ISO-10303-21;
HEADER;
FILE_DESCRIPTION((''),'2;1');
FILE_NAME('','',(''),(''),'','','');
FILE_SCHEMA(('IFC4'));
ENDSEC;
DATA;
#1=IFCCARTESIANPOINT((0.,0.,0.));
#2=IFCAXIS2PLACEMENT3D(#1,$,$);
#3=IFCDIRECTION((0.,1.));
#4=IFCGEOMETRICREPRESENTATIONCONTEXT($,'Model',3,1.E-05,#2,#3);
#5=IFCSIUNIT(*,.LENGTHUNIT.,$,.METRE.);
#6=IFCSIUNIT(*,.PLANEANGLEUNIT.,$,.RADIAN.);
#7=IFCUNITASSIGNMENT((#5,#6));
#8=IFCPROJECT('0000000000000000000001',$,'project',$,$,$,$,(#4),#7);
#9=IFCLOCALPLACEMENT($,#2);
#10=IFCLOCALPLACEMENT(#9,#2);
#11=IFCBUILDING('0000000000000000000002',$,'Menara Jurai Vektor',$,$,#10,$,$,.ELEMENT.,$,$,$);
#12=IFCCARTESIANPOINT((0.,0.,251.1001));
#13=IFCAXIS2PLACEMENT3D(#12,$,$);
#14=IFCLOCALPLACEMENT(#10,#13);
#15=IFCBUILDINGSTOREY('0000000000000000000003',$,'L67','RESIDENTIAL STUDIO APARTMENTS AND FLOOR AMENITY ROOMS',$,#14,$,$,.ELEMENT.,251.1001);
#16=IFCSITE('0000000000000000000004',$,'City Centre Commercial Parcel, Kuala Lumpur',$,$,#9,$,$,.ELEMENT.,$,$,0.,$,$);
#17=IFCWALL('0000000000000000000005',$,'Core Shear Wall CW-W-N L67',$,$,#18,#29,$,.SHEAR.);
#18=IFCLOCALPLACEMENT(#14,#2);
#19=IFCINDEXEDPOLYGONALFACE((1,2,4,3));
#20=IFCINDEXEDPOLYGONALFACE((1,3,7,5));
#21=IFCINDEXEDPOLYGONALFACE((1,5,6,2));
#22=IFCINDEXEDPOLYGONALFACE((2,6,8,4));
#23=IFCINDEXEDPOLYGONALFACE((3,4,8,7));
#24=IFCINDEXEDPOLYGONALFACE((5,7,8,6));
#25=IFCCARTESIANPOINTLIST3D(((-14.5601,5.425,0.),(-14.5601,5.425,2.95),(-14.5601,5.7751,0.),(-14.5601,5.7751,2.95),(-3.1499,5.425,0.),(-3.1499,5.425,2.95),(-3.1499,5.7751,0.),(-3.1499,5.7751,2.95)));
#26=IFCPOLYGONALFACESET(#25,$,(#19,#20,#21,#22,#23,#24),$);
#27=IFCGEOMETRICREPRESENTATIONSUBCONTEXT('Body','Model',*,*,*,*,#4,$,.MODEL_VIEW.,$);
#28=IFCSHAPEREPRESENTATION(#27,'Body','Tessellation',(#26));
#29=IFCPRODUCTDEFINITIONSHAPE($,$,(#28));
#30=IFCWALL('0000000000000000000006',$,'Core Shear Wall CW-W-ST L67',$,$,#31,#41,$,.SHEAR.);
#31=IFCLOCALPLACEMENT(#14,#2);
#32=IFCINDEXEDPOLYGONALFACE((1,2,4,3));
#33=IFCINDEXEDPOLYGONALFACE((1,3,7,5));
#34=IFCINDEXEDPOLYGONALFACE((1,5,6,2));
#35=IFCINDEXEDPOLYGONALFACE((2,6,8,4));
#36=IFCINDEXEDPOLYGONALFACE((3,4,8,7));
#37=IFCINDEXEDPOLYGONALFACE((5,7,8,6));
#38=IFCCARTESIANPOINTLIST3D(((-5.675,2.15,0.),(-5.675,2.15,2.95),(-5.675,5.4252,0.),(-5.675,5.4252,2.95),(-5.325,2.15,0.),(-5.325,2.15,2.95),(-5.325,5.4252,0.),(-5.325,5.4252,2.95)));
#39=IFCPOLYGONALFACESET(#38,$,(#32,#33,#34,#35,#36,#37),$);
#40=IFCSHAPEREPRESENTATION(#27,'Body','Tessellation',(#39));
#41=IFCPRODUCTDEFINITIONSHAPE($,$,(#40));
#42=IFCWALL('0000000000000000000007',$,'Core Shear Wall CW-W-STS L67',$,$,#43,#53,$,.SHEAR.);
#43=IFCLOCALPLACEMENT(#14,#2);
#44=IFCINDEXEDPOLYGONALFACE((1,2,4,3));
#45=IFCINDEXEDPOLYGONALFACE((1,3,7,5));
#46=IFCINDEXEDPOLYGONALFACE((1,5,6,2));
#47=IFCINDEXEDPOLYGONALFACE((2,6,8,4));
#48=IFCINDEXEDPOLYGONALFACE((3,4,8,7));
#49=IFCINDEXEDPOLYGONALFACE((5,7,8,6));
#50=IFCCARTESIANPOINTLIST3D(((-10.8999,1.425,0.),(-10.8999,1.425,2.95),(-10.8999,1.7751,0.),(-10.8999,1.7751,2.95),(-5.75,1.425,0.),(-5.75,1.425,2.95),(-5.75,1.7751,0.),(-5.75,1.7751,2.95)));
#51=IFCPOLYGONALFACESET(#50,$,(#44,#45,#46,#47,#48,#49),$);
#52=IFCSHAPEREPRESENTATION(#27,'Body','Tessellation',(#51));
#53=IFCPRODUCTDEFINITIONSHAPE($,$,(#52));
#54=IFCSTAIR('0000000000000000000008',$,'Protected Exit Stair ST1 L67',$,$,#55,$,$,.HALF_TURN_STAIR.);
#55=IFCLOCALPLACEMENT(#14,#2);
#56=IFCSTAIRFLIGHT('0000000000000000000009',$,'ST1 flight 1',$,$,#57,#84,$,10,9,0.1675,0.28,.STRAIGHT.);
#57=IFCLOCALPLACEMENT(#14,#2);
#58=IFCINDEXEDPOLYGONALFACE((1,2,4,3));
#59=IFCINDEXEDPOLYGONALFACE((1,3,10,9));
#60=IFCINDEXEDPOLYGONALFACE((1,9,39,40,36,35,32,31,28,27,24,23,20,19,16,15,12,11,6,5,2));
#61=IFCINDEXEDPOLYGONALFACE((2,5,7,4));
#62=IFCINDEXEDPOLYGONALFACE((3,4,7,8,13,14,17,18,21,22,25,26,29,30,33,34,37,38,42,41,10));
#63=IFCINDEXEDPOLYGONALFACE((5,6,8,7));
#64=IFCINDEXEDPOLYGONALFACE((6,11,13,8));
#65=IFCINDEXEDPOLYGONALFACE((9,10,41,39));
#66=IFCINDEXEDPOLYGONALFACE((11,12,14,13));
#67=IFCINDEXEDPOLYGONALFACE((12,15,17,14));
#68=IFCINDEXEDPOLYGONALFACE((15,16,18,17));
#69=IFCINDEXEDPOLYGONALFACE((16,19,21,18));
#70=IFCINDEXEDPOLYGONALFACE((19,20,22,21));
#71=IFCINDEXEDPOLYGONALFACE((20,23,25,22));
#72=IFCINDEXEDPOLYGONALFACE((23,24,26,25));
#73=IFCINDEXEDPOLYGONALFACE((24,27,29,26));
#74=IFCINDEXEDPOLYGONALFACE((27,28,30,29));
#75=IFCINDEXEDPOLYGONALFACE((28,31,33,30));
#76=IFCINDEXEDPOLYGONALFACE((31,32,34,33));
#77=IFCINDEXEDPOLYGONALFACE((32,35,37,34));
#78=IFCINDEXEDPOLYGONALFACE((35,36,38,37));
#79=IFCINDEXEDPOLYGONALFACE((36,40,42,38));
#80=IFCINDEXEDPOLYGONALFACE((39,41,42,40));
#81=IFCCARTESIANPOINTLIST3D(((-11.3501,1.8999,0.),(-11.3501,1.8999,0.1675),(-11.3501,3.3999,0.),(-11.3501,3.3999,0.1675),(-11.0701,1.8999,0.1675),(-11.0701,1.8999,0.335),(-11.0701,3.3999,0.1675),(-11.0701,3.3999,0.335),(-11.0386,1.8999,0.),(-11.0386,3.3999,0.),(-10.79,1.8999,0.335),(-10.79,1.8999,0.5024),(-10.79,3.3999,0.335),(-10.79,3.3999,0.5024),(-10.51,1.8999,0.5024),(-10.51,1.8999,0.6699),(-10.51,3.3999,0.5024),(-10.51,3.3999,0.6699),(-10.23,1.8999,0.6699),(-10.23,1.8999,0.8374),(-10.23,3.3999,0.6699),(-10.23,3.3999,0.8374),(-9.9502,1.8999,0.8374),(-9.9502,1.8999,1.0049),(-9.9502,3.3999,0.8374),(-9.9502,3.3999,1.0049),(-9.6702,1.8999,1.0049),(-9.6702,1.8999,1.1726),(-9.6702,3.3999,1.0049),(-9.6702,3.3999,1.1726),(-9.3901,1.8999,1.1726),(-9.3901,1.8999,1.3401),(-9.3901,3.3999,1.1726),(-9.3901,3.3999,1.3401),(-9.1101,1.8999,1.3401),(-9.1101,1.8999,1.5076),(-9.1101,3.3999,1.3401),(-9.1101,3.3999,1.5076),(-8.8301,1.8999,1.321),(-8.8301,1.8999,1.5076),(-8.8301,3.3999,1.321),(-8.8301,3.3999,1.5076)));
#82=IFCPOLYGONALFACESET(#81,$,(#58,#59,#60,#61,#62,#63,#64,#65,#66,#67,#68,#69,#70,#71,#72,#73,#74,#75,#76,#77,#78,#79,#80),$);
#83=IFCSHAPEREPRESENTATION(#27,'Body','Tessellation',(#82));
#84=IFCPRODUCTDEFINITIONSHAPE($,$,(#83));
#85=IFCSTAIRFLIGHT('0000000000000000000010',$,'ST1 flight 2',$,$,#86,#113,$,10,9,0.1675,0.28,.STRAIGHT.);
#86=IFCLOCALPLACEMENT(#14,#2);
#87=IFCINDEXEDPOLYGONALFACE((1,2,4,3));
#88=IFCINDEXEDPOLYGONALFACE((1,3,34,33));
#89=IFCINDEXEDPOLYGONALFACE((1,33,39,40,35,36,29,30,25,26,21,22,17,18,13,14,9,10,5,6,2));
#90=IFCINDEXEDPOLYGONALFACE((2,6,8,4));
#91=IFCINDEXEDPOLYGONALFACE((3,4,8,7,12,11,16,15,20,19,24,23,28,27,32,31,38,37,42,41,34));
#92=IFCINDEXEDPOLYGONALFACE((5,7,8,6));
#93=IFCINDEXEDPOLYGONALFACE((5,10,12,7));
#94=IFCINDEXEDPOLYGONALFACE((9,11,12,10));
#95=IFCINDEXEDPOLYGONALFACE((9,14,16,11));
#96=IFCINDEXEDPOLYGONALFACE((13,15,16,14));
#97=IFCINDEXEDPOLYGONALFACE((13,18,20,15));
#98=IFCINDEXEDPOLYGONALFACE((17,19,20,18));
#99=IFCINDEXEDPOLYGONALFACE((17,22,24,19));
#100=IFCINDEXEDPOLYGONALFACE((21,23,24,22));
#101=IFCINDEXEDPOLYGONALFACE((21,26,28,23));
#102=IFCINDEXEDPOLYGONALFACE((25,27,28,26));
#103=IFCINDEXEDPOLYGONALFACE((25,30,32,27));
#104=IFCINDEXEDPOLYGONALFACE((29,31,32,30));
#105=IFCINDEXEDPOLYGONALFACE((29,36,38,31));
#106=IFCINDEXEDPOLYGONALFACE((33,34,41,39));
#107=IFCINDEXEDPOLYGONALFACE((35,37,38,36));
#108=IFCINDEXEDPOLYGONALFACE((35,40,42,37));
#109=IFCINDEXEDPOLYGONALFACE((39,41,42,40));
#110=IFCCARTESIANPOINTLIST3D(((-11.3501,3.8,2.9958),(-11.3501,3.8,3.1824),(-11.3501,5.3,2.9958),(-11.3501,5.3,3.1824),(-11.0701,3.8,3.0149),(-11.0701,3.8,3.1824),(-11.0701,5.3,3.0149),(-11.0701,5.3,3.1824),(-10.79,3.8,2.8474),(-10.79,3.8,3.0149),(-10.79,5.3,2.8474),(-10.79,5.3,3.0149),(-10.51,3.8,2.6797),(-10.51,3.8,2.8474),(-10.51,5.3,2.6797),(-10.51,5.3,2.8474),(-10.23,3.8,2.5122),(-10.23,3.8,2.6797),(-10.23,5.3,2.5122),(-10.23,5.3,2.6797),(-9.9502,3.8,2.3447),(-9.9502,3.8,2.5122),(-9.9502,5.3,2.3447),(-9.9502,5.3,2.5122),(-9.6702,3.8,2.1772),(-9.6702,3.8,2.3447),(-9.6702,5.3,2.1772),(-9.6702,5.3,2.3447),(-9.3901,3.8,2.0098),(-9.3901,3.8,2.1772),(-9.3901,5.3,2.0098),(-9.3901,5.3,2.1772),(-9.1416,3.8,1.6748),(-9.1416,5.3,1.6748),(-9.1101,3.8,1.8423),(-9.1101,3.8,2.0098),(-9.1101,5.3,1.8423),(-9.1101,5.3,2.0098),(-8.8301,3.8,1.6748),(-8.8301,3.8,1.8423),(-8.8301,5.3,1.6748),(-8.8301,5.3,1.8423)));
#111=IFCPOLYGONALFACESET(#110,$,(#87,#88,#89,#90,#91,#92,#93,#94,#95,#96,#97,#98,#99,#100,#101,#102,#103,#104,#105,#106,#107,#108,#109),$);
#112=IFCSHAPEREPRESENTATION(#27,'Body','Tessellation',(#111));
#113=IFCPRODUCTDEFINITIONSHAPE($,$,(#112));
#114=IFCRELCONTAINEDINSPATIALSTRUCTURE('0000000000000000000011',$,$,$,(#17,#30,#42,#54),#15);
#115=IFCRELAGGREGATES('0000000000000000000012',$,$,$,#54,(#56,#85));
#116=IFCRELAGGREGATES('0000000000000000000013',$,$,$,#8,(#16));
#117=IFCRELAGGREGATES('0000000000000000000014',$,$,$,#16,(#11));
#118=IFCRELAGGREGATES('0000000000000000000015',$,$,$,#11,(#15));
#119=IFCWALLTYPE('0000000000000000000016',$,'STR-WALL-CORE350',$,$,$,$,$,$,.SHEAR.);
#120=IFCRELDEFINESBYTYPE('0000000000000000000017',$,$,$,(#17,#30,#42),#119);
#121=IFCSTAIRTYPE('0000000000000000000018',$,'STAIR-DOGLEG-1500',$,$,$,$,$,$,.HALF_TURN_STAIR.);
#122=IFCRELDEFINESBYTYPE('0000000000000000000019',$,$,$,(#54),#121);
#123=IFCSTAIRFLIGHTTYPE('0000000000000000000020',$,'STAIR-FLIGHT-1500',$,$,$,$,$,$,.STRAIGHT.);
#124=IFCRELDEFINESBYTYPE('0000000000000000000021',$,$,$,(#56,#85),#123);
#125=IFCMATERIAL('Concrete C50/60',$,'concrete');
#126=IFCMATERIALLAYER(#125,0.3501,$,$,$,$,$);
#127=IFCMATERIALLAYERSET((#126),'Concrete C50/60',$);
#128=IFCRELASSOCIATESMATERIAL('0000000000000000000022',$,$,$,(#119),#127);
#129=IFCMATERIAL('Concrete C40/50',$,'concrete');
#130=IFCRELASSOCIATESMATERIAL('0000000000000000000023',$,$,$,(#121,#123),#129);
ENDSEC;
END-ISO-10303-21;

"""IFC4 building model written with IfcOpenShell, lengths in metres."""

from ifc_helpers import new_model, si_unit, direction, frame, frame_2d, origin, place, context, subcontext, project, spatial, polyline, rectangle, outline, extrude, material, layer, layer_set, type_object, element, aggregate, save


model = new_model("IFC4")

# Units and contexts
model_context = context("Model", 3, precision=1e-05, world=origin(), true_north=direction((0.0, 1.0)))
body_context = subcontext(model_context, "Body", "Model", "MODEL_VIEW")
ifc_project = project(units=[si_unit("LENGTHUNIT", "METRE"), si_unit("PLANEANGLEUNIT", "RADIAN")], contexts=[model_context])

# Site, building, storey
site_placement = place(None, origin())
site = spatial("IfcSite", under=ifc_project, at=site_placement, Name="City Centre Commercial Parcel, Kuala Lumpur", CompositionType="ELEMENT", RefElevation=0.0)
building_placement = place(site_placement, origin())
building = spatial("IfcBuilding", under=site, at=building_placement, Name="Menara Jurai Vektor", CompositionType="ELEMENT")
storey_placement = place(building_placement, frame((0.0, 0.0, 251.1001)))
storey = spatial("IfcBuildingStorey", under=building, at=storey_placement, Name="L67", Description="RESIDENTIAL STUDIO APARTMENTS AND FLOOR AMENITY ROOMS", CompositionType="ELEMENT", Elevation=251.1001)

# Shared definitions
ifc_material_1 = material(Name="Concrete C50/60", Category="concrete")

# Shared definitions
ifc_material_2 = material(Name="Concrete C40/50", Category="concrete")

# Walls
ifc_layer_1 = layer(ifc_material_1, 0.3501)
ifc_layer_set_1 = layer_set([ifc_layer_1], Name="Concrete C50/60")
wall_type_1 = type_object("IfcWallType", Name="STR-WALL-CORE350", PredefinedType="SHEAR", material=ifc_layer_set_1)
wall_1_placement = place(storey_placement, frame((-14.5601, 5.6001, 0.0), z_axis=(0.0, 0.0, 1.0), x_axis=(1.0, 0.0, 0.0)))
element("IfcWall", 1, at=wall_1_placement, inside=storey, type_object=wall_type_1, Name="Core Shear Wall CW-W-N L67", PredefinedType="SHEAR", context=body_context, shape_type="SweptSolid", body=[
    extrude(rectangle(XDim=11.4102, YDim=0.3501, at=frame_2d((5.7051, 0.0))), origin(), (0.0, 0.0, 1.0), 2.95),
])
wall_2_placement = place(storey_placement, frame((-5.5, 2.1499, 0.0), z_axis=(0.0, 0.0, 1.0), x_axis=(0.0, 1.0, 0.0)))
element("IfcWall", 2, at=wall_2_placement, inside=storey, type_object=wall_type_1, Name="Core Shear Wall CW-W-ST L67", PredefinedType="SHEAR", context=body_context, shape_type="SweptSolid", body=[
    extrude(rectangle(XDim=3.2751, YDim=0.3501, at=frame_2d((1.6377, 0.0))), origin(), (0.0, 0.0, 1.0), 2.95),
])
wall_3_placement = place(storey_placement, frame((-10.8999, 1.6001, 0.0), z_axis=(0.0, 0.0, 1.0), x_axis=(1.0, 0.0, 0.0)))
element("IfcWall", 3, at=wall_3_placement, inside=storey, type_object=wall_type_1, Name="Core Shear Wall CW-W-STS L67", PredefinedType="SHEAR", context=body_context, shape_type="SweptSolid", body=[
    extrude(rectangle(XDim=5.1499, YDim=0.3501, at=frame_2d((2.575, 0.0))), origin(), (0.0, 0.0, 1.0), 2.95),
])

# Stair, stair flights
stair_type = type_object("IfcStairType", Name="STAIR-DOGLEG-1500", PredefinedType="HALF_TURN_STAIR", material=ifc_material_2)
stair_placement = place(storey_placement, origin())
stair = element("IfcStair", 4, at=stair_placement, inside=storey, type_object=stair_type, Name="Protected Exit Stair ST1 L67", PredefinedType="HALF_TURN_STAIR")
stair_flight_type = type_object("IfcStairFlightType", Name="STAIR-FLIGHT-1500", PredefinedType="STRAIGHT", material=ifc_material_2)
stair_flight_1_placement = place(storey_placement, frame((-11.3501, 2.6499, 0.0), z_axis=(0.0, 0.0, 1.0), x_axis=(1.0, 0.0, 0.0)))
stair_flight_1 = element("IfcStairFlight", 5, at=stair_flight_1_placement, type_object=stair_flight_type, Name="ST1 flight 1", NumberOfRisers=10, NumberOfTreads=9, PredefinedType="STRAIGHT", RiserHeight=0.1675, TreadLength=0.28, context=body_context, shape_type="SweptSolid", body=[
    extrude(outline(polyline([(0.0, 0.0), (0.0, 0.1675), (0.28, 0.1675), (0.28, 0.335), (0.5601, 0.335), (0.5601, 0.5024), (0.8401, 0.5024), (0.8401, 0.6699), (1.1201, 0.6699), (1.1201, 0.8374), (1.3999, 0.8374), (1.3999, 1.0049), (1.6799, 1.0049), (1.6799, 1.1726), (1.96, 1.1726), (1.96, 1.3401), (2.24, 1.3401), (2.24, 1.5076), (2.52, 1.5076), (2.52, 1.675), (2.52, 1.321), (0.3115, 0.0), (0.0, 0.0)])), frame((0.0, 0.75, 0.0), z_axis=(0.0, -1.0, 0.0), x_axis=(1.0, 0.0, 0.0)), (0.0, 0.0, 1.0), 1.5),
])
stair_flight_2_placement = place(storey_placement, frame((-8.8301, 4.55, 1.6748), z_axis=(0.0, 0.0, 1.0), x_axis=(-1.0, 0.0, 0.0)))
stair_flight_2 = element("IfcStairFlight", 6, at=stair_flight_2_placement, type_object=stair_flight_type, Name="ST1 flight 2", NumberOfRisers=10, NumberOfTreads=9, PredefinedType="STRAIGHT", RiserHeight=0.1675, TreadLength=0.28, context=body_context, shape_type="SweptSolid", body=[
    extrude(outline(polyline([(0.0, 0.0), (0.0, 0.1675), (0.28, 0.1675), (0.28, 0.335), (0.5601, 0.335), (0.5601, 0.5024), (0.8401, 0.5024), (0.8401, 0.6699), (1.1201, 0.6699), (1.1201, 0.8374), (1.3999, 0.8374), (1.3999, 1.0049), (1.6799, 1.0049), (1.6799, 1.1726), (1.96, 1.1726), (1.96, 1.3401), (2.24, 1.3401), (2.24, 1.5076), (2.52, 1.5076), (2.52, 1.675), (2.52, 1.321), (0.3115, 0.0), (0.0, 0.0)])), frame((0.0, 0.75, 0.0), z_axis=(0.0, -1.0, 0.0), x_axis=(1.0, 0.0, 0.0)), (0.0, 0.0, 1.0), 1.5),
])
aggregate(stair, [stair_flight_1, stair_flight_2])

save(model, "model.ifc")
